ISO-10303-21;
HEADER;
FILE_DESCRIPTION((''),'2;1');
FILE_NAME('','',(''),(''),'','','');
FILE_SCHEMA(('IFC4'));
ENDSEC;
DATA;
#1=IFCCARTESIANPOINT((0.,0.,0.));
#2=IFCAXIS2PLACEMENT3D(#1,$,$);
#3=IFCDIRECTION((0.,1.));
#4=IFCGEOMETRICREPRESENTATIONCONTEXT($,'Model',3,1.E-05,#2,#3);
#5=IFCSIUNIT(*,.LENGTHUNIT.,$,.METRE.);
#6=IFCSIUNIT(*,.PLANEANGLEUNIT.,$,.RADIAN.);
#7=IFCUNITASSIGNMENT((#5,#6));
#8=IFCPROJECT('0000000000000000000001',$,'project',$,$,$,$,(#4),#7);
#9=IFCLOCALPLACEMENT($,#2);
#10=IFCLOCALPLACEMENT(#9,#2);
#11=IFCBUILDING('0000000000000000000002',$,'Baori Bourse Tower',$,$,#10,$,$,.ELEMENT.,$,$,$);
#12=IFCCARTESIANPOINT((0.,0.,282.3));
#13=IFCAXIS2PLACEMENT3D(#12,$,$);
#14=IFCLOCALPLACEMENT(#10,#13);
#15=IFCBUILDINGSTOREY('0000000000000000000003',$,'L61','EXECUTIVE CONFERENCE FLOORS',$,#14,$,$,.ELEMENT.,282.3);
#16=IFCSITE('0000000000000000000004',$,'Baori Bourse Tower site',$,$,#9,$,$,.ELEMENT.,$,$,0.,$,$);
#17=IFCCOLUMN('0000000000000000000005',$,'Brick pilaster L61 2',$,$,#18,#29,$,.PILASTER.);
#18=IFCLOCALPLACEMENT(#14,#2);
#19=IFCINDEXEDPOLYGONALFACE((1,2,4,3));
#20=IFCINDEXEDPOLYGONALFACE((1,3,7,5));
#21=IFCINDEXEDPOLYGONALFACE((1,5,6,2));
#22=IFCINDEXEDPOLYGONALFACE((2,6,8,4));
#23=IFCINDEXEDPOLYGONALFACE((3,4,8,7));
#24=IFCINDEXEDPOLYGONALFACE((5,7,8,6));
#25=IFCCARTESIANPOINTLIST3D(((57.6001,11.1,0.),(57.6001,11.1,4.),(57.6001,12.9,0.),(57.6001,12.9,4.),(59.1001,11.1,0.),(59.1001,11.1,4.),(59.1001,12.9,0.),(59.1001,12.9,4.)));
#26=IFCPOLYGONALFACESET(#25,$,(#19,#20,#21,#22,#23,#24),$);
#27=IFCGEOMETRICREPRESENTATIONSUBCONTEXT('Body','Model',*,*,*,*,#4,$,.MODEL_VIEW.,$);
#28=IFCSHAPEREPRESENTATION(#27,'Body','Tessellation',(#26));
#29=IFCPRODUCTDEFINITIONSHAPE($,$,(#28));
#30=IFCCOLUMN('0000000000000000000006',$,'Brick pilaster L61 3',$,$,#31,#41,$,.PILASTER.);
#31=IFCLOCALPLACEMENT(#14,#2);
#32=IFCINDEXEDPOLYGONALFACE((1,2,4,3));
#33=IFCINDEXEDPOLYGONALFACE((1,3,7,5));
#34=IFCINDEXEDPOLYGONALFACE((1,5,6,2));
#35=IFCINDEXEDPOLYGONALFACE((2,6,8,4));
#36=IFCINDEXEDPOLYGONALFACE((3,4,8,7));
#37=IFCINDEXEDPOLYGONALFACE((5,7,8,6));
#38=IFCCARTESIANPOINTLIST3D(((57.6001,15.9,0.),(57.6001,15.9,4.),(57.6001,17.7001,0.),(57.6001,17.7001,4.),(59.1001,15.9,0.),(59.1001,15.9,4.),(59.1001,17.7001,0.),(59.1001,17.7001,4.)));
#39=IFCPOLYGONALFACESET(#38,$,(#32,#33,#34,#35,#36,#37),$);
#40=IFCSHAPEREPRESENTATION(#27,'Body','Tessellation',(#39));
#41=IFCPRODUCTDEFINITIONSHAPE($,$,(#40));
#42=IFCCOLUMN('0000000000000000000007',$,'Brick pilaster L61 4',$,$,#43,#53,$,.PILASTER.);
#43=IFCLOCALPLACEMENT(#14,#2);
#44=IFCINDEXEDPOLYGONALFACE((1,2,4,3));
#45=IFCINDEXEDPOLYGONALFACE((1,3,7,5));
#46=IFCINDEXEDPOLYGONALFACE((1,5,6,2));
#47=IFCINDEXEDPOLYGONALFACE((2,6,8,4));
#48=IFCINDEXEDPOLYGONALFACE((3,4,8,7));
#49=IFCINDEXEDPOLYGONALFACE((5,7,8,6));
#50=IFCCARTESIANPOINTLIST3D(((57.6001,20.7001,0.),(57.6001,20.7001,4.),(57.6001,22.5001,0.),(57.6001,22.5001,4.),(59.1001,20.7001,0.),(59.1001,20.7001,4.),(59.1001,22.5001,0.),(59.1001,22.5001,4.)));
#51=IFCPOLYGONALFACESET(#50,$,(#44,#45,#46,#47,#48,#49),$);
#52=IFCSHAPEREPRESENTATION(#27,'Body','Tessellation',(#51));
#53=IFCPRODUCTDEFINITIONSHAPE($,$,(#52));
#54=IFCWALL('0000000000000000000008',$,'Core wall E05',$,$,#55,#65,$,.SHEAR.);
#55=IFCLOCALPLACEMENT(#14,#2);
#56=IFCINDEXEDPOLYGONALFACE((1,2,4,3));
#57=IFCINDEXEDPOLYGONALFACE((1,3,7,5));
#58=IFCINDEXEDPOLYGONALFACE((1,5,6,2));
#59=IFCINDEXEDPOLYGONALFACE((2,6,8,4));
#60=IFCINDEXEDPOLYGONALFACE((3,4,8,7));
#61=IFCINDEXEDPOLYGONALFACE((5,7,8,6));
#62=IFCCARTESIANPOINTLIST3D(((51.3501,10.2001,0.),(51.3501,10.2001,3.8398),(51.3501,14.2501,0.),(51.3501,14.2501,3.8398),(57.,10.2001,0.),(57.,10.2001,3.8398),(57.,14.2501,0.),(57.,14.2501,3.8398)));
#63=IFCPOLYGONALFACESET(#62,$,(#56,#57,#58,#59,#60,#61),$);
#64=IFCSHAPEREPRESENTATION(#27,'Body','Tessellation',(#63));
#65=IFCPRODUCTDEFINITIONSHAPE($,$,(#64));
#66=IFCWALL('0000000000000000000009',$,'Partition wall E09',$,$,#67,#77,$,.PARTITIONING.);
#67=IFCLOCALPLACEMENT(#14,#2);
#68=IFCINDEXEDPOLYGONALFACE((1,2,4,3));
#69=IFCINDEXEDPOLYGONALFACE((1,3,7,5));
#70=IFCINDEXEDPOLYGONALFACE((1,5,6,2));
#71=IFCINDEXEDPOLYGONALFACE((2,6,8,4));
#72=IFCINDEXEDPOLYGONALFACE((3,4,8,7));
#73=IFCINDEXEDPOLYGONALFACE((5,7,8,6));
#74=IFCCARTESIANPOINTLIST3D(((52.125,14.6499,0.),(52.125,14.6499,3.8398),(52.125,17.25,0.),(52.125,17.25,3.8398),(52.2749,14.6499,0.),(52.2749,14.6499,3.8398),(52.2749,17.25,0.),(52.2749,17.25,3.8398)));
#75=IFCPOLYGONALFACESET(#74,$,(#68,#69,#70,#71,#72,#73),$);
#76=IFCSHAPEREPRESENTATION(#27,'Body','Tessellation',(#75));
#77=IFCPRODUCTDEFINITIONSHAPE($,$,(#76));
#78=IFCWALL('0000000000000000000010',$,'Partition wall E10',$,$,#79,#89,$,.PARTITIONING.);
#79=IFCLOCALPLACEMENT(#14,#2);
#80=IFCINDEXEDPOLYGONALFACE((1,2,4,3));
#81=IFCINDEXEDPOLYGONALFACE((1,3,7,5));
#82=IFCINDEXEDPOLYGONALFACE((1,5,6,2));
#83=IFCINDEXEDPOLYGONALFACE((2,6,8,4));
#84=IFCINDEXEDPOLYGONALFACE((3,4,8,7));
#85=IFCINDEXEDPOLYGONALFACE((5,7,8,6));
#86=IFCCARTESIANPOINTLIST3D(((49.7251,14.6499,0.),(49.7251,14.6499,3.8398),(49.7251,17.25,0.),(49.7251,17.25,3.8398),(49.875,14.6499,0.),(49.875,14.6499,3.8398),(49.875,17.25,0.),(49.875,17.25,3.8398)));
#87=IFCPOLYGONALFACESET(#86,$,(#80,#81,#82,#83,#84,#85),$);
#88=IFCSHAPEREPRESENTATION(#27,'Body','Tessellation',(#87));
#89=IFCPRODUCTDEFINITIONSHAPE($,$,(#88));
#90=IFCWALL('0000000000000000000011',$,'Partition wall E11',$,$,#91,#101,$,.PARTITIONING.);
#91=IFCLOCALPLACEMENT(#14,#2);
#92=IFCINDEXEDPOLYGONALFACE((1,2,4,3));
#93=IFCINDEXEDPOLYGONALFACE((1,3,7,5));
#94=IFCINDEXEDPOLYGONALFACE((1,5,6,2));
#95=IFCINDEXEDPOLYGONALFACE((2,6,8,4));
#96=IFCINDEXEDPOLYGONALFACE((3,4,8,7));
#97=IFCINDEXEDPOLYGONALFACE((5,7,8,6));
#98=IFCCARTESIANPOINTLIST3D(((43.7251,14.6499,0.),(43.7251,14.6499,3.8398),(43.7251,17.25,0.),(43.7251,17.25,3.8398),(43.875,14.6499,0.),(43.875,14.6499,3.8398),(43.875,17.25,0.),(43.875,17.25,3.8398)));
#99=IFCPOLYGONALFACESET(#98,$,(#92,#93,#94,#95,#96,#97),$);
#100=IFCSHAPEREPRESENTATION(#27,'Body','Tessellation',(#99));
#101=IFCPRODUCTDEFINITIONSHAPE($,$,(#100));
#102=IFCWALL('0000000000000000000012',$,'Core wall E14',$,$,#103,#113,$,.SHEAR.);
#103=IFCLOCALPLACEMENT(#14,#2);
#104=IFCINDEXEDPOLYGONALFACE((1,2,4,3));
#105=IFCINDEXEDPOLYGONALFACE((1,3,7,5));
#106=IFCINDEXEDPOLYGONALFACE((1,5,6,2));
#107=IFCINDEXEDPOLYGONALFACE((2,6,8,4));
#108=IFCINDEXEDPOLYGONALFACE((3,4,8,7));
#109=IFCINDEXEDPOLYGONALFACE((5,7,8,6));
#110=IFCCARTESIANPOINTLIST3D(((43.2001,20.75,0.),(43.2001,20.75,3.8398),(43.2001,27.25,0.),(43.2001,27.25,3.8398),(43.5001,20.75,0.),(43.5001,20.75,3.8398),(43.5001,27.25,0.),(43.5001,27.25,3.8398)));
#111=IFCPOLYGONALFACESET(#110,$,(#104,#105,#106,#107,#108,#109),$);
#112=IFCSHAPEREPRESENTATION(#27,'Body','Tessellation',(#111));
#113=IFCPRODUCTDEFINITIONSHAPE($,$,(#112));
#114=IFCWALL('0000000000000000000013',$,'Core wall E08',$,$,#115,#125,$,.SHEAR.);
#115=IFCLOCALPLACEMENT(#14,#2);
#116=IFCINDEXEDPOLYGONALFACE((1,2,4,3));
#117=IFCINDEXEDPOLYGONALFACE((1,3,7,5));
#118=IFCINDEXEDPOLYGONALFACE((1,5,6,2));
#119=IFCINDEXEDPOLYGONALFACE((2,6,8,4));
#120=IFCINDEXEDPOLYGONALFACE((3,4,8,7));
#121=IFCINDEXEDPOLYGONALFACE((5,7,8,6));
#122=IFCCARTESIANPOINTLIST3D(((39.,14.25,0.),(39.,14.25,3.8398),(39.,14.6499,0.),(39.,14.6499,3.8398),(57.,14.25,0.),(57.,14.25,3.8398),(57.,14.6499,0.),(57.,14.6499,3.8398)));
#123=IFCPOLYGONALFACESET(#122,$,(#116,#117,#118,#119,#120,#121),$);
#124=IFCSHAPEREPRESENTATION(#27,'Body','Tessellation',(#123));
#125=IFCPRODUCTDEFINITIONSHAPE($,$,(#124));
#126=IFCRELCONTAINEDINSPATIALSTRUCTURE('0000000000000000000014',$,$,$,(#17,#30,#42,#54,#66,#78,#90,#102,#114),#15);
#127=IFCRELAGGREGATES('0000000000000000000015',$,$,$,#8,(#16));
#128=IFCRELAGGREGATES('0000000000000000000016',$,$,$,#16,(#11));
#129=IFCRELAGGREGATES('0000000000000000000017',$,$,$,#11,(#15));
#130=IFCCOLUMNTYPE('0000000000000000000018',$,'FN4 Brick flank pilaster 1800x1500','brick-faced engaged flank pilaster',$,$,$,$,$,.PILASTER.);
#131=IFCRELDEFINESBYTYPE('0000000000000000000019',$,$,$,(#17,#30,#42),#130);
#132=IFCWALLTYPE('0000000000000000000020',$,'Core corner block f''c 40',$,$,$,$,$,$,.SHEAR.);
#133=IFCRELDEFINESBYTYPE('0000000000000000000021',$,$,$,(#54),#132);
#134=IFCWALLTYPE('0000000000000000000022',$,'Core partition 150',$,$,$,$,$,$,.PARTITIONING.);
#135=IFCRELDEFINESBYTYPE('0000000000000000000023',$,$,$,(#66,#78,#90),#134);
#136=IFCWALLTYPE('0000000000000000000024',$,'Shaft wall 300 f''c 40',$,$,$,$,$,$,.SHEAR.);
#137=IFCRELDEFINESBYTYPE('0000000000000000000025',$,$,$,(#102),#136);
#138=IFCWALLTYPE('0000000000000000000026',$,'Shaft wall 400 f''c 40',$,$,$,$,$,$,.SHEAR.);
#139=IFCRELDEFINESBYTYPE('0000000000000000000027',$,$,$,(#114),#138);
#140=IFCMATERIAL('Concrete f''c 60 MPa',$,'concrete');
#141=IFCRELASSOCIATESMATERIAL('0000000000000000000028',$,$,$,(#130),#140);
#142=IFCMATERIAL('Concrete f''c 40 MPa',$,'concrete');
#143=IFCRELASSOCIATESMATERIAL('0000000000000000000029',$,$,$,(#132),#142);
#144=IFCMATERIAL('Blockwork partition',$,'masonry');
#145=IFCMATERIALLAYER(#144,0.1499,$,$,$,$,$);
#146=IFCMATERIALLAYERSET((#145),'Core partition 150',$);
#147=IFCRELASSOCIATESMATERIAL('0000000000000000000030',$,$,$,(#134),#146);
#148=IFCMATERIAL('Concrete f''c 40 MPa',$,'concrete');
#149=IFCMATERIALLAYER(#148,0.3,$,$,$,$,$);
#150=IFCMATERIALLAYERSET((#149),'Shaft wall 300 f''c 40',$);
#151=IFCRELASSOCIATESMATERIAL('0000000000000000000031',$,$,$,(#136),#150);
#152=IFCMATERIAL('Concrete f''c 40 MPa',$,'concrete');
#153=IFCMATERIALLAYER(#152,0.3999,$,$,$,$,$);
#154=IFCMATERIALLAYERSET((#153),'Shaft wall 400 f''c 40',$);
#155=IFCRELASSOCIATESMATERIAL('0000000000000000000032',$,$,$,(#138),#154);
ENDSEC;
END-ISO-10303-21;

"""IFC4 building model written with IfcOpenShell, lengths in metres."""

from ifc_helpers import new_model, si_unit, direction, frame, frame_2d, origin, origin_2d, place, context, subcontext, project, spatial, rectangle, extrude, material, layer, layer_set, material_profile, profile_set, type_object, element, save


model = new_model("IFC4")

# Units and contexts
model_context = context("Model", 3, precision=1e-05, world=origin(), true_north=direction((0.0, 1.0)))
body_context = subcontext(model_context, "Body", "Model", "MODEL_VIEW")
ifc_project = project(units=[si_unit("LENGTHUNIT", "METRE"), si_unit("PLANEANGLEUNIT", "RADIAN")], contexts=[model_context])

# Site, building, storey
site_placement = place(None, origin())
site = spatial("IfcSite", under=ifc_project, at=site_placement, Name="Baori Bourse Tower site", CompositionType="ELEMENT", RefElevation=0.0)
building_placement = place(site_placement, origin())
building = spatial("IfcBuilding", under=site, at=building_placement, Name="Baori Bourse Tower", CompositionType="ELEMENT")
storey_placement = place(building_placement, frame((0.0, 0.0, 282.3)))
storey = spatial("IfcBuildingStorey", under=building, at=storey_placement, Name="L61", Description="EXECUTIVE CONFERENCE FLOORS", CompositionType="ELEMENT", Elevation=282.3)

# Columns
ifc_material_1 = material(Name="Concrete f'c 60 MPa", Category="concrete")
ifc_material_profile = material_profile(ifc_material_1, rectangle(XDim=1.8, YDim=1.5, at=origin_2d()), Name="RC 1800x1500")
ifc_profile_set = profile_set([ifc_material_profile], Name="Concrete f'c 60 MPa")
column_type = type_object("IfcColumnType", Name="FN4 Brick flank pilaster 1800x1500", Description="brick-faced engaged flank pilaster", PredefinedType="PILASTER", material=ifc_profile_set)
for number, where, z_axis, x_axis, name in (
    (1, (58.3501, 12.0, 0.0), (0.0, 0.0, 1.0), (0.0, 1.0, 0.0), "Brick pilaster L61 2"),
    (2, (58.3501, 16.8, 0.0), (0.0, 0.0, 1.0), (0.0, 1.0, 0.0), "Brick pilaster L61 3"),
    (3, (58.3501, 21.6001, 0.0), (0.0, 0.0, 1.0), (0.0, 1.0, 0.0), "Brick pilaster L61 4"),
):
    element("IfcColumn", number, at=place(storey_placement, frame(where, z_axis=z_axis, x_axis=x_axis)), inside=storey, type_object=column_type, Name=name, PredefinedType="PILASTER", context=body_context, shape_type="SweptSolid", body=[
        extrude(rectangle(XDim=1.8, YDim=1.5, at=origin_2d()), origin(), (0.0, 0.0, 1.0), 4.0),
    ])

# Walls
ifc_material_2 = material(Name="Concrete f'c 40 MPa", Category="concrete")
wall_type_1 = type_object("IfcWallType", Name="Core corner block f'c 40", PredefinedType="SHEAR", material=ifc_material_2)
wall_1_placement = place(storey_placement, frame((51.3501, 12.2251, 0.0), z_axis=(0.0, 0.0, 1.0), x_axis=(1.0, 0.0, 0.0)))
element("IfcWall", 4, at=wall_1_placement, inside=storey, type_object=wall_type_1, Name="Core wall E05", PredefinedType="SHEAR", context=body_context, shape_type="SweptSolid", body=[
    extrude(rectangle(XDim=5.6499, YDim=4.05, at=frame_2d((2.825, 0.0))), origin(), (0.0, 0.0, 1.0), 3.8398),
])
ifc_material_3 = material(Name="Blockwork partition", Category="masonry")
ifc_layer_1 = layer(ifc_material_3, 0.1499)
ifc_layer_set_1 = layer_set([ifc_layer_1], Name="Core partition 150")
wall_type_2 = type_object("IfcWallType", Name="Core partition 150", PredefinedType="PARTITIONING", material=ifc_layer_set_1)
for number, where, z_axis, x_axis, name in (
    (5, (52.2, 14.6499, 0.0), (0.0, 0.0, 1.0), (0.0, 1.0, 0.0), "Partition wall E09"),
    (6, (49.8, 14.6499, 0.0), (0.0, 0.0, 1.0), (0.0, 1.0, 0.0), "Partition wall E10"),
    (7, (43.8, 14.6499, 0.0), (0.0, 0.0, 1.0), (0.0, 1.0, 0.0), "Partition wall E11"),
):
    element("IfcWall", number, at=place(storey_placement, frame(where, z_axis=z_axis, x_axis=x_axis)), inside=storey, type_object=wall_type_2, Name=name, PredefinedType="PARTITIONING", context=body_context, shape_type="SweptSolid", body=[
        extrude(rectangle(XDim=2.6001, YDim=0.1499, at=frame_2d((1.3, 0.0))), origin(), (0.0, 0.0, 1.0), 3.8398),
    ])
ifc_material_4 = material(Name="Concrete f'c 40 MPa", Category="concrete")
ifc_layer_2 = layer(ifc_material_4, 0.3)
ifc_layer_set_2 = layer_set([ifc_layer_2], Name="Shaft wall 300 f'c 40")
wall_type_3 = type_object("IfcWallType", Name="Shaft wall 300 f'c 40", PredefinedType="SHEAR", material=ifc_layer_set_2)
wall_2_placement = place(storey_placement, frame((43.3501, 20.75, 0.0), z_axis=(0.0, 0.0, 1.0), x_axis=(0.0, 1.0, 0.0)))
element("IfcWall", 8, at=wall_2_placement, inside=storey, type_object=wall_type_3, Name="Core wall E14", PredefinedType="SHEAR", context=body_context, shape_type="SweptSolid", body=[
    extrude(rectangle(XDim=6.5, YDim=0.3, at=frame_2d((3.25, 0.0))), origin(), (0.0, 0.0, 1.0), 3.8398),
])
ifc_material_5 = material(Name="Concrete f'c 40 MPa", Category="concrete")
ifc_layer_3 = layer(ifc_material_5, 0.3999)
ifc_layer_set_3 = layer_set([ifc_layer_3], Name="Shaft wall 400 f'c 40")
wall_type_4 = type_object("IfcWallType", Name="Shaft wall 400 f'c 40", PredefinedType="SHEAR", material=ifc_layer_set_3)
wall_3_placement = place(storey_placement, frame((39.0, 14.45, 0.0), z_axis=(0.0, 0.0, 1.0), x_axis=(1.0, 0.0, 0.0)))
element("IfcWall", 9, at=wall_3_placement, inside=storey, type_object=wall_type_4, Name="Core wall E08", PredefinedType="SHEAR", context=body_context, shape_type="SweptSolid", body=[
    extrude(rectangle(XDim=18.0, YDim=0.3999, at=frame_2d((9.0, 0.0))), origin(), (0.0, 0.0, 1.0), 3.8398),
])

save(model, "model.ifc")
